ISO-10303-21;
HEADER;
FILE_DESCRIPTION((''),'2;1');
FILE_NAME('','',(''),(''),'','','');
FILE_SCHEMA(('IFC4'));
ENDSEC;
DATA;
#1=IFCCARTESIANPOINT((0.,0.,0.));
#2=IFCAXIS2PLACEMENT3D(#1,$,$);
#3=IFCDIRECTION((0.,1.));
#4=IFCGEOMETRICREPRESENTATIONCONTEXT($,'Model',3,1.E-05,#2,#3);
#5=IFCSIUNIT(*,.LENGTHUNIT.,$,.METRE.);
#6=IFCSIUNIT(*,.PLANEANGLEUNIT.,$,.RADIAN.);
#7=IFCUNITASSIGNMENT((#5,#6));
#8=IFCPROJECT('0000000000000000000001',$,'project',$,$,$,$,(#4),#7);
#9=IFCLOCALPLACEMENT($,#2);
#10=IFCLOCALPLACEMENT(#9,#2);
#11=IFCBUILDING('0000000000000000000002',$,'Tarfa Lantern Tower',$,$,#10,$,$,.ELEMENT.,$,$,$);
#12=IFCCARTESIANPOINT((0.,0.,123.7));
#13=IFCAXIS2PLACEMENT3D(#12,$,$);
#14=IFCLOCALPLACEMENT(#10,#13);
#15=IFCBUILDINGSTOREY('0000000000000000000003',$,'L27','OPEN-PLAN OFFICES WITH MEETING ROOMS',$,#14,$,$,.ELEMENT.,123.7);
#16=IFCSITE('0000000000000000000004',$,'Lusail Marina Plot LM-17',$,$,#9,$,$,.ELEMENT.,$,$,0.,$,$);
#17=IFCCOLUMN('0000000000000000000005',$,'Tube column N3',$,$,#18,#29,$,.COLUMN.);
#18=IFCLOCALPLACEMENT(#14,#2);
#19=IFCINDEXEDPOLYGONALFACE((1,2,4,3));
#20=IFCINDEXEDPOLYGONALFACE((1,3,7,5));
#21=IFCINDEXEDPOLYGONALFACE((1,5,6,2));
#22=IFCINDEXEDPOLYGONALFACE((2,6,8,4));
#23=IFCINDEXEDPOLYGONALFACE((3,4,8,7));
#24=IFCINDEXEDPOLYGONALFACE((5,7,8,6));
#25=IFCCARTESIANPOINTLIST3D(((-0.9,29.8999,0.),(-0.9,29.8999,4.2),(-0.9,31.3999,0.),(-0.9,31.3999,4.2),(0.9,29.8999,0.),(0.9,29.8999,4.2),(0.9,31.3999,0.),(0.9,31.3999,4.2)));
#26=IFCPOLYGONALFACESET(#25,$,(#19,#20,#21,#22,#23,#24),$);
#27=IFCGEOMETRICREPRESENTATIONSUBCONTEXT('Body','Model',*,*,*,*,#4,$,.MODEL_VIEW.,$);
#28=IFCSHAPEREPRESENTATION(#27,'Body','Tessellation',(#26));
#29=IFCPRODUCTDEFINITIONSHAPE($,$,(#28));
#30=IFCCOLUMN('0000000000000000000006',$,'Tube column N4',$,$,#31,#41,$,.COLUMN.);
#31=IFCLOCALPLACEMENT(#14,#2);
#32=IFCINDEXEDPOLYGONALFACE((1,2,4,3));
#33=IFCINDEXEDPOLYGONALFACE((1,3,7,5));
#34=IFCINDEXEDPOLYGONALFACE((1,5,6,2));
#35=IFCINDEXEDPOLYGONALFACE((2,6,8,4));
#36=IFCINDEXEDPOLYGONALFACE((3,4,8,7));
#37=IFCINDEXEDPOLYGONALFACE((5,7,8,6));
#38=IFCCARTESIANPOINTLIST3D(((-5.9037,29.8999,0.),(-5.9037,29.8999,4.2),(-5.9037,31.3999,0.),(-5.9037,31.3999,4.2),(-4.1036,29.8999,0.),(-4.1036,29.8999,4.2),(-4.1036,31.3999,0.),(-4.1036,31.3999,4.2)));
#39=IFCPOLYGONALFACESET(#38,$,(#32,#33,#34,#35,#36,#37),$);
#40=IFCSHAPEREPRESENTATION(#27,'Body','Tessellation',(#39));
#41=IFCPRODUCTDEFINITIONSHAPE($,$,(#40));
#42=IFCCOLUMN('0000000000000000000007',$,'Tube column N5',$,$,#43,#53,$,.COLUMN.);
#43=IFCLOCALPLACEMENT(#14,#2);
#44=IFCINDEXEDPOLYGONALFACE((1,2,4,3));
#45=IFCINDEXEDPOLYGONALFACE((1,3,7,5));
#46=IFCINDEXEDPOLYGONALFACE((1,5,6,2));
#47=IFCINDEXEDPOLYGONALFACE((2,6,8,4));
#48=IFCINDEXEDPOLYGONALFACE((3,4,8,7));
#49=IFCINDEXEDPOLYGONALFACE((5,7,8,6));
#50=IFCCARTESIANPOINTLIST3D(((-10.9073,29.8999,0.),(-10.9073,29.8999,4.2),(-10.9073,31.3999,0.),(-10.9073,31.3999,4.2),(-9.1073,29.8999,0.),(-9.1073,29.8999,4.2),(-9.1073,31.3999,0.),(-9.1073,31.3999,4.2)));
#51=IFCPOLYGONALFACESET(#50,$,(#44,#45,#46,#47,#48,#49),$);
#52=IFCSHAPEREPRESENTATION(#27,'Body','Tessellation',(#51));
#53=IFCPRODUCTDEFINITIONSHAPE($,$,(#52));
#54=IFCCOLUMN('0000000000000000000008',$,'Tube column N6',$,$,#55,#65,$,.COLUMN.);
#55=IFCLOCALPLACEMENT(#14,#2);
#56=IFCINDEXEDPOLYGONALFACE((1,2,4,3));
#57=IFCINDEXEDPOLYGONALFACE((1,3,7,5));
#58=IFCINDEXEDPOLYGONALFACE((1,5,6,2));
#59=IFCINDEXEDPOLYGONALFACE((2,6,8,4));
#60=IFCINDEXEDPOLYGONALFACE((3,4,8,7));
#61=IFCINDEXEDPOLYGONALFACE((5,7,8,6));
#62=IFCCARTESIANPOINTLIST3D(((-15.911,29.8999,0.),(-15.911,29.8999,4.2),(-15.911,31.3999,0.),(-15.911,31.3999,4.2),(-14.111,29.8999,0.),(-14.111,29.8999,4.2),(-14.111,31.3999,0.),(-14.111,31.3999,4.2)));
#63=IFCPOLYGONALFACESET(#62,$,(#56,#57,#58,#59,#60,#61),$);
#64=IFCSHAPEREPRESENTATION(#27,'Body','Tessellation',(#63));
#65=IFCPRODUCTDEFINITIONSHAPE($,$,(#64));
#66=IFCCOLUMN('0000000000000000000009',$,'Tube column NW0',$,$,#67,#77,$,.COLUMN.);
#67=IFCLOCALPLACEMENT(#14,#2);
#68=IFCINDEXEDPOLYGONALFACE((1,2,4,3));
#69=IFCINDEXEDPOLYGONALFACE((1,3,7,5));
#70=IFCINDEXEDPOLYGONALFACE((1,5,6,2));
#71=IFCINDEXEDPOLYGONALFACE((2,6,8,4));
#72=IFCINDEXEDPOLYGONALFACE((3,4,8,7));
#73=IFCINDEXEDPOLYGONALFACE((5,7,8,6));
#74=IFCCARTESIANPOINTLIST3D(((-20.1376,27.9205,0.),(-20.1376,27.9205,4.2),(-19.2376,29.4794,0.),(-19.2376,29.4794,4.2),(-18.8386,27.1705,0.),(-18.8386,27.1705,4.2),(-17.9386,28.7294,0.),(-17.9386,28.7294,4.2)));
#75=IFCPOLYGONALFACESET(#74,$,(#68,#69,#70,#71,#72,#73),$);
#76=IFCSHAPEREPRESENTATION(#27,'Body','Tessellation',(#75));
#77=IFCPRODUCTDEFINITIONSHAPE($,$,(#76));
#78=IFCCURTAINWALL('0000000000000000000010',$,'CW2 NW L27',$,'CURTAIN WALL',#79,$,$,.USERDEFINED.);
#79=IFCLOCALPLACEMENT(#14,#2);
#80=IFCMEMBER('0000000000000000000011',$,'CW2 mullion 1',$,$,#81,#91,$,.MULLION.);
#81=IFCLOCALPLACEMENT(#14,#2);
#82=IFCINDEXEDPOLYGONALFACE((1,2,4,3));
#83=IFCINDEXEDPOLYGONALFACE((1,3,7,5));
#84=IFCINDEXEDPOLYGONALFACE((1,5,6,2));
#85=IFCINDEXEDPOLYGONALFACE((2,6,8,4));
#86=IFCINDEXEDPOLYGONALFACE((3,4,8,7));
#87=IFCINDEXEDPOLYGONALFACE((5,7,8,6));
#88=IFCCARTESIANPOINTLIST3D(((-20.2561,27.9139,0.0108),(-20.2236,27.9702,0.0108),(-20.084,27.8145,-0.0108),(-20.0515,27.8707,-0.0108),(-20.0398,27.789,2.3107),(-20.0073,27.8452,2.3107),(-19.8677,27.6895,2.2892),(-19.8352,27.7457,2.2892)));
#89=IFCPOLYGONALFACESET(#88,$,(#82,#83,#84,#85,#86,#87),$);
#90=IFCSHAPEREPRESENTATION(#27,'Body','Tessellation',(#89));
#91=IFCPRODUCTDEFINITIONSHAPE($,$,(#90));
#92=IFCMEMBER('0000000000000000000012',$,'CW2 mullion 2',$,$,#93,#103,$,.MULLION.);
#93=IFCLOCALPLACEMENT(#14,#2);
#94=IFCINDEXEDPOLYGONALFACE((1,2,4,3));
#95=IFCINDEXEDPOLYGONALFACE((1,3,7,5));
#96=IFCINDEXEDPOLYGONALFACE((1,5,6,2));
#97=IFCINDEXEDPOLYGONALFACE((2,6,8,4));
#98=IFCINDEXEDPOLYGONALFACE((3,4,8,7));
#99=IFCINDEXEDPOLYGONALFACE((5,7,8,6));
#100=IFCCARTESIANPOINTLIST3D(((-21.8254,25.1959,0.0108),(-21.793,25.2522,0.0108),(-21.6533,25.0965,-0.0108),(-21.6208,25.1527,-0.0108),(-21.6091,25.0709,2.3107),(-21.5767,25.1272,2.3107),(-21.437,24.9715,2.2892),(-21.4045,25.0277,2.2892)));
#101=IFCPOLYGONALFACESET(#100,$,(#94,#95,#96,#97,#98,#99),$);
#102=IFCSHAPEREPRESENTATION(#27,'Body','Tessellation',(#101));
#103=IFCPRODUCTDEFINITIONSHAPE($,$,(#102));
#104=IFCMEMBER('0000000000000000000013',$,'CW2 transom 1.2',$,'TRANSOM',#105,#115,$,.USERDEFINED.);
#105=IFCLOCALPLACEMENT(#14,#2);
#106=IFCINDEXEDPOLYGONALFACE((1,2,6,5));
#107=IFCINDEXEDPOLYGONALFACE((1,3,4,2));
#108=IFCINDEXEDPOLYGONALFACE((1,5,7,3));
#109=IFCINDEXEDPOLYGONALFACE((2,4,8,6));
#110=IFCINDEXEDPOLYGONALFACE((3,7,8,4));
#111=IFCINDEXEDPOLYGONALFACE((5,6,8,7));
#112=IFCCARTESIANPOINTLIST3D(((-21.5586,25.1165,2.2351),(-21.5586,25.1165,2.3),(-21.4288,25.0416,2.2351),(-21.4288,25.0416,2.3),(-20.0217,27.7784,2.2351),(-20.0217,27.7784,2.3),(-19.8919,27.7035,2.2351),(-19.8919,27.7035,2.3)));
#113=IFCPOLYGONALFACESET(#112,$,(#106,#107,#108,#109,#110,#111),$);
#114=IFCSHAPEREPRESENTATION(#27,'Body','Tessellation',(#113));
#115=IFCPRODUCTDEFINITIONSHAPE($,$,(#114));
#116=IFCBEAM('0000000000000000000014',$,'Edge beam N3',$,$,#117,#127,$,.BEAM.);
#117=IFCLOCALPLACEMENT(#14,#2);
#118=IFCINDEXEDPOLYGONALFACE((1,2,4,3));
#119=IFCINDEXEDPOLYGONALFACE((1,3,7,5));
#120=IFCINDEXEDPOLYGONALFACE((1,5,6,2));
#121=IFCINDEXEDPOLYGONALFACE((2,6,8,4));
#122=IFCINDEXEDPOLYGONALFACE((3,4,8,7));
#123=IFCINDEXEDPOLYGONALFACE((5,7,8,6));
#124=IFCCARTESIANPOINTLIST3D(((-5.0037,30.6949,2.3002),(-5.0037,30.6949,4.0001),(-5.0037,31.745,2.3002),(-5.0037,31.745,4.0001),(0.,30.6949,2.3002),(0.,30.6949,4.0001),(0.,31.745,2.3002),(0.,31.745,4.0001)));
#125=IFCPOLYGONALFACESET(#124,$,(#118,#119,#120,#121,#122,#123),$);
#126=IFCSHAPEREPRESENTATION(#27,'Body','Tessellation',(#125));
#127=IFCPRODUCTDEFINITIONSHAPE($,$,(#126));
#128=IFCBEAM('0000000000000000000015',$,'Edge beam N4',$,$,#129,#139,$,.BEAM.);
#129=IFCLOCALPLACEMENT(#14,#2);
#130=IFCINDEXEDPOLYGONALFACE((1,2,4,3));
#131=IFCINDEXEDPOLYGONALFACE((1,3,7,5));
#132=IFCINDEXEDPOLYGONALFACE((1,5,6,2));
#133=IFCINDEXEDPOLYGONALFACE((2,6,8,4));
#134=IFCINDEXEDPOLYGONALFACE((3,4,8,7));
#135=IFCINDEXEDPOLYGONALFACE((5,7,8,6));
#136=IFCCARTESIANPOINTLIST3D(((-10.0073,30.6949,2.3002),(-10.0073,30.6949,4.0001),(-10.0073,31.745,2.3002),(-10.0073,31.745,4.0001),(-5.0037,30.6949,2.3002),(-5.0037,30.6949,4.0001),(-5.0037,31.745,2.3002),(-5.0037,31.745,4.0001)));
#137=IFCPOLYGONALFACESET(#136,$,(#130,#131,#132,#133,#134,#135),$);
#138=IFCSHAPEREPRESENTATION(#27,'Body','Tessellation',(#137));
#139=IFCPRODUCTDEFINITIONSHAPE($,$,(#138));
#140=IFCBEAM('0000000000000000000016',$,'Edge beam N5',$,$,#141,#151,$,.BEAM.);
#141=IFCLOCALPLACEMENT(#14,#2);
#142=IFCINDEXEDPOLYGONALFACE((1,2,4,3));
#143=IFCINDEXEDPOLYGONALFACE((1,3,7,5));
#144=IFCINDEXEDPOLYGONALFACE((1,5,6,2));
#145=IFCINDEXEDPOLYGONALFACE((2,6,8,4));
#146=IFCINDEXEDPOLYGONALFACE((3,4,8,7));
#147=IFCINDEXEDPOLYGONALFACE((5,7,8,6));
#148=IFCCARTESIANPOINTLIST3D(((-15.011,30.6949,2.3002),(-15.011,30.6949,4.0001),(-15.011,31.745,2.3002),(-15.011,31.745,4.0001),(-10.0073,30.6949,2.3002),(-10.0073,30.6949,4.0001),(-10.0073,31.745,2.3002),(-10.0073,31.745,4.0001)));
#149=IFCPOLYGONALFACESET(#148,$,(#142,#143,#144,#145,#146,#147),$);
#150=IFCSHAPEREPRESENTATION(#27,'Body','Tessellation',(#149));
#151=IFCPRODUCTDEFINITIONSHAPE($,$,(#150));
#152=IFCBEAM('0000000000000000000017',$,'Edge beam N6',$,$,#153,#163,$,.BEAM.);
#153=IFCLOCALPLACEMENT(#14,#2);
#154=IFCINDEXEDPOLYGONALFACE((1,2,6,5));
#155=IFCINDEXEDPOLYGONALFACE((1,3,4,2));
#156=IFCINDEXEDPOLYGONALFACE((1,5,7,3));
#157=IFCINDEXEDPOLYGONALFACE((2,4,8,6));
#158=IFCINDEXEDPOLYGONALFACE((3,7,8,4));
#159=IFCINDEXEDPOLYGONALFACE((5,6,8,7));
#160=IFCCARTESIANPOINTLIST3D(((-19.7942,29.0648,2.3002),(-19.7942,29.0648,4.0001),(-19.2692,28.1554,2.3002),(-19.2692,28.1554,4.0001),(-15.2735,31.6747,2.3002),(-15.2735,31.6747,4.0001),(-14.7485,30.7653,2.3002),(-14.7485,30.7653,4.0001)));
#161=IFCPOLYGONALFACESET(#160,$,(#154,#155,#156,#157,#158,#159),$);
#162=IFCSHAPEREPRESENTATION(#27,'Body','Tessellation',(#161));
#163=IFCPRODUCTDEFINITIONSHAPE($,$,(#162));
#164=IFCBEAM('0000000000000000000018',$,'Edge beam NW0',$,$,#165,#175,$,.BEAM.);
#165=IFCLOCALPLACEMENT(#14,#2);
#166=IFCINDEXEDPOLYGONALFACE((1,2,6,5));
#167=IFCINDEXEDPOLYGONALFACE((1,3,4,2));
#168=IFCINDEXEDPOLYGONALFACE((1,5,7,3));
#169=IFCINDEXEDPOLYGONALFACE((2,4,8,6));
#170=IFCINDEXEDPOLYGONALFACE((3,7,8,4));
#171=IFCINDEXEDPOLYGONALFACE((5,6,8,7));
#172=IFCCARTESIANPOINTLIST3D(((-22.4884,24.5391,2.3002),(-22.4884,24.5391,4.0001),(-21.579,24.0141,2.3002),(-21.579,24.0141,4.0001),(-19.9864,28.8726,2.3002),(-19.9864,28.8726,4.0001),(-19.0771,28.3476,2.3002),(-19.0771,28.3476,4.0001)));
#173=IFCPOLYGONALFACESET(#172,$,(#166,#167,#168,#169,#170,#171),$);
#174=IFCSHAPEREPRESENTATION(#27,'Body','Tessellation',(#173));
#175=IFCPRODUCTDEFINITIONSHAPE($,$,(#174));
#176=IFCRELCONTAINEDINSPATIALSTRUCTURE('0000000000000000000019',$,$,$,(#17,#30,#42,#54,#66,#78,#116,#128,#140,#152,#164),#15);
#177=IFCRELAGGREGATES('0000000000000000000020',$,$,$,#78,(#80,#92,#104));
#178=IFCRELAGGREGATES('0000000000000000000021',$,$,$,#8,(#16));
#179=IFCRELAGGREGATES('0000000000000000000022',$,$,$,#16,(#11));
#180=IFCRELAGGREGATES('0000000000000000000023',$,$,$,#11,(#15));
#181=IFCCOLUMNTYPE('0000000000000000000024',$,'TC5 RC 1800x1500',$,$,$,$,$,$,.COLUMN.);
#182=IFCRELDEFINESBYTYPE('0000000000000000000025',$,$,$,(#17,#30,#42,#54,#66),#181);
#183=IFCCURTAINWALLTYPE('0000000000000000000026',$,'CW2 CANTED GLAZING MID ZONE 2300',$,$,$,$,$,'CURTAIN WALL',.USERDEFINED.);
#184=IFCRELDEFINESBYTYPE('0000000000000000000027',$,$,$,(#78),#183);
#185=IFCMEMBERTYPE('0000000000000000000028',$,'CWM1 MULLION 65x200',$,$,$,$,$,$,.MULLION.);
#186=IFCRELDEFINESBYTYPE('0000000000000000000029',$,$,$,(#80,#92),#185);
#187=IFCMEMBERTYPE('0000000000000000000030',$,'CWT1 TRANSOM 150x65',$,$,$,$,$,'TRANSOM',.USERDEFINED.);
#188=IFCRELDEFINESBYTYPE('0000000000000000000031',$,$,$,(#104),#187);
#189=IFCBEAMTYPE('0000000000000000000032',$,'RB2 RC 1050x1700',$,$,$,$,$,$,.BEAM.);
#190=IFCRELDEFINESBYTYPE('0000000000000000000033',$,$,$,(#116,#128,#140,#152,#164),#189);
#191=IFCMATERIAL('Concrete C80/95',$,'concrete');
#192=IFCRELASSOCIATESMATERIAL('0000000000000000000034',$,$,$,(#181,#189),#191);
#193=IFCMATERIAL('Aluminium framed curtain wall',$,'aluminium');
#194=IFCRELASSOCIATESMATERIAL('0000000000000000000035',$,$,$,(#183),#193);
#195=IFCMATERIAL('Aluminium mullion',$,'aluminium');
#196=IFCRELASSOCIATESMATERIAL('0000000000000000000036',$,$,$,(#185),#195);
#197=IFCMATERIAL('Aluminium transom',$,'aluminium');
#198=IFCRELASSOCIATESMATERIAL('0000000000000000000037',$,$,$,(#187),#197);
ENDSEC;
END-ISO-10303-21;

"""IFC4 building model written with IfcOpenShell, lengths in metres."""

from ifc_helpers import new_model, si_unit, direction, frame, origin, origin_2d, place, context, subcontext, project, spatial, rectangle, extrude, material, material_profile, profile_set, type_object, element, aggregate, save


model = new_model("IFC4")

# Units and contexts
model_context = context("Model", 3, precision=1e-05, world=origin(), true_north=direction((0.0, 1.0)))
body_context = subcontext(model_context, "Body", "Model", "MODEL_VIEW")
ifc_project = project(units=[si_unit("LENGTHUNIT", "METRE"), si_unit("PLANEANGLEUNIT", "RADIAN")], contexts=[model_context])

# Site, building, storey
site_placement = place(None, origin())
site = spatial("IfcSite", under=ifc_project, at=site_placement, Name="Lusail Marina Plot LM-17", CompositionType="ELEMENT", RefElevation=0.0)
building_placement = place(site_placement, origin())
building = spatial("IfcBuilding", under=site, at=building_placement, Name="Tarfa Lantern Tower", CompositionType="ELEMENT")
storey_placement = place(building_placement, frame((0.0, 0.0, 123.7)))
storey = spatial("IfcBuildingStorey", under=building, at=storey_placement, Name="L27", Description="OPEN-PLAN OFFICES WITH MEETING ROOMS", CompositionType="ELEMENT", Elevation=123.7)

# Columns
ifc_material_1 = material(Name="Concrete C80/95", Category="concrete")
ifc_material_profile_1 = material_profile(ifc_material_1, rectangle(XDim=1.8, YDim=1.5, at=origin_2d()), Name="RC 1800x1500")
ifc_profile_set_1 = profile_set([ifc_material_profile_1], Name="Concrete C80/95")
column_type = type_object("IfcColumnType", Name="TC5 RC 1800x1500", PredefinedType="COLUMN", material=ifc_profile_set_1)
for number, where, z_axis, x_axis, name in (
    (1, (0.0, 30.6499, 0.0), (0.0, 0.0, 1.0), (-1.0, 0.0, 0.0), "Tube column N3"),
    (2, (-5.0037, 30.6499, 0.0), (0.0, 0.0, 1.0), (-1.0, 0.0, 0.0), "Tube column N4"),
    (3, (-10.0073, 30.6499, 0.0), (0.0, 0.0, 1.0), (-1.0, 0.0, 0.0), "Tube column N5"),
    (4, (-15.011, 30.6499, 0.0), (0.0, 0.0, 1.0), (-1.0, 0.0, 0.0), "Tube column N6"),
    (5, (-19.0381, 28.325, 0.0), (0.0, 0.0, 1.0), (-0.5, -0.866025, 0.0), "Tube column NW0"),
):
    element("IfcColumn", number, at=place(storey_placement, frame(where, z_axis=z_axis, x_axis=x_axis)), inside=storey, type_object=column_type, Name=name, PredefinedType="COLUMN", context=body_context, shape_type="SweptSolid", body=[
        extrude(rectangle(XDim=1.8, YDim=1.5, at=origin_2d()), origin(), (0.0, 0.0, 1.0), 4.2),
    ])

# Curtain wall, members
ifc_material_2 = material(Name="Aluminium framed curtain wall", Category="aluminium")
curtain_wall_type = type_object("IfcCurtainWallType", Name="CW2 CANTED GLAZING MID ZONE 2300", ElementType="CURTAIN WALL", PredefinedType="USERDEFINED", material=ifc_material_2)
curtain_wall_placement = place(storey_placement, origin())
curtain_wall = element("IfcCurtainWall", 6, at=curtain_wall_placement, inside=storey, type_object=curtain_wall_type, Name="CW2 NW L27", ObjectType="CURTAIN WALL", PredefinedType="USERDEFINED")
ifc_material_3 = material(Name="Aluminium mullion", Category="aluminium")
ifc_material_profile_2 = material_profile(ifc_material_3, rectangle(XDim=0.0649, YDim=0.2, at=origin_2d()), Name="AL MULLION 65x200")
ifc_profile_set_2 = profile_set([ifc_material_profile_2], Name="Aluminium mullion")
member_type_1 = type_object("IfcMemberType", Name="CWM1 MULLION 65x200", PredefinedType="MULLION", material=ifc_profile_set_2)
member_1_placement = place(storey_placement, frame((-20.1538, 27.8923, 0.0), z_axis=(0.093495, -0.054029, 0.994153), x_axis=(0.500343, 0.865827, 0.0)))
member_1 = element("IfcMember", 7, at=member_1_placement, type_object=member_type_1, Name="CW2 mullion 1", PredefinedType="MULLION", context=body_context, shape_type="SweptSolid", body=[
    extrude(rectangle(XDim=0.0649, YDim=0.2, at=origin_2d()), origin(), (0.0, 0.0, 1.0), 2.3135),
])
member_2_placement = place(storey_placement, frame((-21.7231, 25.1743, 0.0), z_axis=(0.093495, -0.054029, 0.994153), x_axis=(0.500343, 0.865827, 0.0)))
member_2 = element("IfcMember", 8, at=member_2_placement, type_object=member_type_1, Name="CW2 mullion 2", PredefinedType="MULLION", context=body_context, shape_type="SweptSolid", body=[
    extrude(rectangle(XDim=0.0649, YDim=0.2, at=origin_2d()), origin(), (0.0, 0.0, 1.0), 2.3135),
])
ifc_material_4 = material(Name="Aluminium transom", Category="aluminium")
ifc_material_profile_3 = material_profile(ifc_material_4, rectangle(XDim=0.1499, YDim=0.0649, at=origin_2d()), Name="AL TRANSOM 150x65")
ifc_profile_set_3 = profile_set([ifc_material_profile_3], Name="Aluminium transom")
member_type_2 = type_object("IfcMemberType", Name="CWT1 TRANSOM 150x65", ElementType="TRANSOM", PredefinedType="USERDEFINED", material=ifc_profile_set_3)
member_3_placement = place(storey_placement, frame((-19.9568, 27.741, 2.2676), z_axis=(-0.500009, -0.86602, 0.0), x_axis=(0.86602, -0.500009, 0.0)))
member_3 = element("IfcMember", 9, at=member_3_placement, type_object=member_type_2, Name="CW2 transom 1.2", ObjectType="TRANSOM", PredefinedType="USERDEFINED", context=body_context, shape_type="SweptSolid", body=[
    extrude(rectangle(XDim=0.1499, YDim=0.0649, at=origin_2d()), origin(), (0.0, 0.0, 1.0), 3.0737),
])

# Beams
ifc_material_profile_4 = material_profile(ifc_material_1, rectangle(XDim=1.05, YDim=1.7, at=origin_2d()), Name="RC 1050x1700")
ifc_profile_set_4 = profile_set([ifc_material_profile_4], Name="Concrete C80/95")
beam_type_1 = type_object("IfcBeamType", Name="RB2 RC 1050x1700", PredefinedType="BEAM", material=ifc_profile_set_4)
for number, where, z_axis, x_axis, name in (
    (10, (0.0, 31.22, 3.1501), (-1.0, 0.0, 0.0), (0.0, -1.0, 0.0), "Edge beam N3"),
    (11, (-5.0037, 31.22, 3.1501), (-1.0, 0.0, 0.0), (0.0, -1.0, 0.0), "Edge beam N4"),
    (12, (-10.0073, 31.22, 3.1501), (-1.0, 0.0, 0.0), (0.0, -1.0, 0.0), "Edge beam N5"),
):
    element("IfcBeam", number, at=place(storey_placement, frame(where, z_axis=z_axis, x_axis=x_axis)), inside=storey, type_object=beam_type_1, Name=name, PredefinedType="BEAM", context=body_context, shape_type="SweptSolid", body=[
        extrude(rectangle(XDim=1.05, YDim=1.7, at=origin_2d()), origin(), (0.0, 0.0, 1.0), 5.0037),
    ])
beam_1_placement = place(storey_placement, frame((-15.011, 31.22, 3.1501), z_axis=(-0.866042, -0.499972, 0.0), x_axis=(0.499972, -0.866042, 0.0)))
element("IfcBeam", 13, at=beam_1_placement, inside=storey, type_object=beam_type_1, Name="Edge beam N6", PredefinedType="BEAM", context=body_context, shape_type="SweptSolid", body=[
    extrude(rectangle(XDim=1.05, YDim=1.7, at=origin_2d()), origin(), (0.0, 0.0, 1.0), 5.22),
])
beam_2_placement = place(storey_placement, frame((-19.5317, 28.6101, 3.1501), z_axis=(-0.500001, -0.866025, 0.0), x_axis=(0.866025, -0.500001, 0.0)))
element("IfcBeam", 14, at=beam_2_placement, inside=storey, type_object=beam_type_1, Name="Edge beam NW0", PredefinedType="BEAM", context=body_context, shape_type="SweptSolid", body=[
    extrude(rectangle(XDim=1.05, YDim=1.7, at=origin_2d()), origin(), (0.0, 0.0, 1.0), 5.0039),
])

aggregate(curtain_wall, [member_1, member_2, member_3])

save(model, "model.ifc")
